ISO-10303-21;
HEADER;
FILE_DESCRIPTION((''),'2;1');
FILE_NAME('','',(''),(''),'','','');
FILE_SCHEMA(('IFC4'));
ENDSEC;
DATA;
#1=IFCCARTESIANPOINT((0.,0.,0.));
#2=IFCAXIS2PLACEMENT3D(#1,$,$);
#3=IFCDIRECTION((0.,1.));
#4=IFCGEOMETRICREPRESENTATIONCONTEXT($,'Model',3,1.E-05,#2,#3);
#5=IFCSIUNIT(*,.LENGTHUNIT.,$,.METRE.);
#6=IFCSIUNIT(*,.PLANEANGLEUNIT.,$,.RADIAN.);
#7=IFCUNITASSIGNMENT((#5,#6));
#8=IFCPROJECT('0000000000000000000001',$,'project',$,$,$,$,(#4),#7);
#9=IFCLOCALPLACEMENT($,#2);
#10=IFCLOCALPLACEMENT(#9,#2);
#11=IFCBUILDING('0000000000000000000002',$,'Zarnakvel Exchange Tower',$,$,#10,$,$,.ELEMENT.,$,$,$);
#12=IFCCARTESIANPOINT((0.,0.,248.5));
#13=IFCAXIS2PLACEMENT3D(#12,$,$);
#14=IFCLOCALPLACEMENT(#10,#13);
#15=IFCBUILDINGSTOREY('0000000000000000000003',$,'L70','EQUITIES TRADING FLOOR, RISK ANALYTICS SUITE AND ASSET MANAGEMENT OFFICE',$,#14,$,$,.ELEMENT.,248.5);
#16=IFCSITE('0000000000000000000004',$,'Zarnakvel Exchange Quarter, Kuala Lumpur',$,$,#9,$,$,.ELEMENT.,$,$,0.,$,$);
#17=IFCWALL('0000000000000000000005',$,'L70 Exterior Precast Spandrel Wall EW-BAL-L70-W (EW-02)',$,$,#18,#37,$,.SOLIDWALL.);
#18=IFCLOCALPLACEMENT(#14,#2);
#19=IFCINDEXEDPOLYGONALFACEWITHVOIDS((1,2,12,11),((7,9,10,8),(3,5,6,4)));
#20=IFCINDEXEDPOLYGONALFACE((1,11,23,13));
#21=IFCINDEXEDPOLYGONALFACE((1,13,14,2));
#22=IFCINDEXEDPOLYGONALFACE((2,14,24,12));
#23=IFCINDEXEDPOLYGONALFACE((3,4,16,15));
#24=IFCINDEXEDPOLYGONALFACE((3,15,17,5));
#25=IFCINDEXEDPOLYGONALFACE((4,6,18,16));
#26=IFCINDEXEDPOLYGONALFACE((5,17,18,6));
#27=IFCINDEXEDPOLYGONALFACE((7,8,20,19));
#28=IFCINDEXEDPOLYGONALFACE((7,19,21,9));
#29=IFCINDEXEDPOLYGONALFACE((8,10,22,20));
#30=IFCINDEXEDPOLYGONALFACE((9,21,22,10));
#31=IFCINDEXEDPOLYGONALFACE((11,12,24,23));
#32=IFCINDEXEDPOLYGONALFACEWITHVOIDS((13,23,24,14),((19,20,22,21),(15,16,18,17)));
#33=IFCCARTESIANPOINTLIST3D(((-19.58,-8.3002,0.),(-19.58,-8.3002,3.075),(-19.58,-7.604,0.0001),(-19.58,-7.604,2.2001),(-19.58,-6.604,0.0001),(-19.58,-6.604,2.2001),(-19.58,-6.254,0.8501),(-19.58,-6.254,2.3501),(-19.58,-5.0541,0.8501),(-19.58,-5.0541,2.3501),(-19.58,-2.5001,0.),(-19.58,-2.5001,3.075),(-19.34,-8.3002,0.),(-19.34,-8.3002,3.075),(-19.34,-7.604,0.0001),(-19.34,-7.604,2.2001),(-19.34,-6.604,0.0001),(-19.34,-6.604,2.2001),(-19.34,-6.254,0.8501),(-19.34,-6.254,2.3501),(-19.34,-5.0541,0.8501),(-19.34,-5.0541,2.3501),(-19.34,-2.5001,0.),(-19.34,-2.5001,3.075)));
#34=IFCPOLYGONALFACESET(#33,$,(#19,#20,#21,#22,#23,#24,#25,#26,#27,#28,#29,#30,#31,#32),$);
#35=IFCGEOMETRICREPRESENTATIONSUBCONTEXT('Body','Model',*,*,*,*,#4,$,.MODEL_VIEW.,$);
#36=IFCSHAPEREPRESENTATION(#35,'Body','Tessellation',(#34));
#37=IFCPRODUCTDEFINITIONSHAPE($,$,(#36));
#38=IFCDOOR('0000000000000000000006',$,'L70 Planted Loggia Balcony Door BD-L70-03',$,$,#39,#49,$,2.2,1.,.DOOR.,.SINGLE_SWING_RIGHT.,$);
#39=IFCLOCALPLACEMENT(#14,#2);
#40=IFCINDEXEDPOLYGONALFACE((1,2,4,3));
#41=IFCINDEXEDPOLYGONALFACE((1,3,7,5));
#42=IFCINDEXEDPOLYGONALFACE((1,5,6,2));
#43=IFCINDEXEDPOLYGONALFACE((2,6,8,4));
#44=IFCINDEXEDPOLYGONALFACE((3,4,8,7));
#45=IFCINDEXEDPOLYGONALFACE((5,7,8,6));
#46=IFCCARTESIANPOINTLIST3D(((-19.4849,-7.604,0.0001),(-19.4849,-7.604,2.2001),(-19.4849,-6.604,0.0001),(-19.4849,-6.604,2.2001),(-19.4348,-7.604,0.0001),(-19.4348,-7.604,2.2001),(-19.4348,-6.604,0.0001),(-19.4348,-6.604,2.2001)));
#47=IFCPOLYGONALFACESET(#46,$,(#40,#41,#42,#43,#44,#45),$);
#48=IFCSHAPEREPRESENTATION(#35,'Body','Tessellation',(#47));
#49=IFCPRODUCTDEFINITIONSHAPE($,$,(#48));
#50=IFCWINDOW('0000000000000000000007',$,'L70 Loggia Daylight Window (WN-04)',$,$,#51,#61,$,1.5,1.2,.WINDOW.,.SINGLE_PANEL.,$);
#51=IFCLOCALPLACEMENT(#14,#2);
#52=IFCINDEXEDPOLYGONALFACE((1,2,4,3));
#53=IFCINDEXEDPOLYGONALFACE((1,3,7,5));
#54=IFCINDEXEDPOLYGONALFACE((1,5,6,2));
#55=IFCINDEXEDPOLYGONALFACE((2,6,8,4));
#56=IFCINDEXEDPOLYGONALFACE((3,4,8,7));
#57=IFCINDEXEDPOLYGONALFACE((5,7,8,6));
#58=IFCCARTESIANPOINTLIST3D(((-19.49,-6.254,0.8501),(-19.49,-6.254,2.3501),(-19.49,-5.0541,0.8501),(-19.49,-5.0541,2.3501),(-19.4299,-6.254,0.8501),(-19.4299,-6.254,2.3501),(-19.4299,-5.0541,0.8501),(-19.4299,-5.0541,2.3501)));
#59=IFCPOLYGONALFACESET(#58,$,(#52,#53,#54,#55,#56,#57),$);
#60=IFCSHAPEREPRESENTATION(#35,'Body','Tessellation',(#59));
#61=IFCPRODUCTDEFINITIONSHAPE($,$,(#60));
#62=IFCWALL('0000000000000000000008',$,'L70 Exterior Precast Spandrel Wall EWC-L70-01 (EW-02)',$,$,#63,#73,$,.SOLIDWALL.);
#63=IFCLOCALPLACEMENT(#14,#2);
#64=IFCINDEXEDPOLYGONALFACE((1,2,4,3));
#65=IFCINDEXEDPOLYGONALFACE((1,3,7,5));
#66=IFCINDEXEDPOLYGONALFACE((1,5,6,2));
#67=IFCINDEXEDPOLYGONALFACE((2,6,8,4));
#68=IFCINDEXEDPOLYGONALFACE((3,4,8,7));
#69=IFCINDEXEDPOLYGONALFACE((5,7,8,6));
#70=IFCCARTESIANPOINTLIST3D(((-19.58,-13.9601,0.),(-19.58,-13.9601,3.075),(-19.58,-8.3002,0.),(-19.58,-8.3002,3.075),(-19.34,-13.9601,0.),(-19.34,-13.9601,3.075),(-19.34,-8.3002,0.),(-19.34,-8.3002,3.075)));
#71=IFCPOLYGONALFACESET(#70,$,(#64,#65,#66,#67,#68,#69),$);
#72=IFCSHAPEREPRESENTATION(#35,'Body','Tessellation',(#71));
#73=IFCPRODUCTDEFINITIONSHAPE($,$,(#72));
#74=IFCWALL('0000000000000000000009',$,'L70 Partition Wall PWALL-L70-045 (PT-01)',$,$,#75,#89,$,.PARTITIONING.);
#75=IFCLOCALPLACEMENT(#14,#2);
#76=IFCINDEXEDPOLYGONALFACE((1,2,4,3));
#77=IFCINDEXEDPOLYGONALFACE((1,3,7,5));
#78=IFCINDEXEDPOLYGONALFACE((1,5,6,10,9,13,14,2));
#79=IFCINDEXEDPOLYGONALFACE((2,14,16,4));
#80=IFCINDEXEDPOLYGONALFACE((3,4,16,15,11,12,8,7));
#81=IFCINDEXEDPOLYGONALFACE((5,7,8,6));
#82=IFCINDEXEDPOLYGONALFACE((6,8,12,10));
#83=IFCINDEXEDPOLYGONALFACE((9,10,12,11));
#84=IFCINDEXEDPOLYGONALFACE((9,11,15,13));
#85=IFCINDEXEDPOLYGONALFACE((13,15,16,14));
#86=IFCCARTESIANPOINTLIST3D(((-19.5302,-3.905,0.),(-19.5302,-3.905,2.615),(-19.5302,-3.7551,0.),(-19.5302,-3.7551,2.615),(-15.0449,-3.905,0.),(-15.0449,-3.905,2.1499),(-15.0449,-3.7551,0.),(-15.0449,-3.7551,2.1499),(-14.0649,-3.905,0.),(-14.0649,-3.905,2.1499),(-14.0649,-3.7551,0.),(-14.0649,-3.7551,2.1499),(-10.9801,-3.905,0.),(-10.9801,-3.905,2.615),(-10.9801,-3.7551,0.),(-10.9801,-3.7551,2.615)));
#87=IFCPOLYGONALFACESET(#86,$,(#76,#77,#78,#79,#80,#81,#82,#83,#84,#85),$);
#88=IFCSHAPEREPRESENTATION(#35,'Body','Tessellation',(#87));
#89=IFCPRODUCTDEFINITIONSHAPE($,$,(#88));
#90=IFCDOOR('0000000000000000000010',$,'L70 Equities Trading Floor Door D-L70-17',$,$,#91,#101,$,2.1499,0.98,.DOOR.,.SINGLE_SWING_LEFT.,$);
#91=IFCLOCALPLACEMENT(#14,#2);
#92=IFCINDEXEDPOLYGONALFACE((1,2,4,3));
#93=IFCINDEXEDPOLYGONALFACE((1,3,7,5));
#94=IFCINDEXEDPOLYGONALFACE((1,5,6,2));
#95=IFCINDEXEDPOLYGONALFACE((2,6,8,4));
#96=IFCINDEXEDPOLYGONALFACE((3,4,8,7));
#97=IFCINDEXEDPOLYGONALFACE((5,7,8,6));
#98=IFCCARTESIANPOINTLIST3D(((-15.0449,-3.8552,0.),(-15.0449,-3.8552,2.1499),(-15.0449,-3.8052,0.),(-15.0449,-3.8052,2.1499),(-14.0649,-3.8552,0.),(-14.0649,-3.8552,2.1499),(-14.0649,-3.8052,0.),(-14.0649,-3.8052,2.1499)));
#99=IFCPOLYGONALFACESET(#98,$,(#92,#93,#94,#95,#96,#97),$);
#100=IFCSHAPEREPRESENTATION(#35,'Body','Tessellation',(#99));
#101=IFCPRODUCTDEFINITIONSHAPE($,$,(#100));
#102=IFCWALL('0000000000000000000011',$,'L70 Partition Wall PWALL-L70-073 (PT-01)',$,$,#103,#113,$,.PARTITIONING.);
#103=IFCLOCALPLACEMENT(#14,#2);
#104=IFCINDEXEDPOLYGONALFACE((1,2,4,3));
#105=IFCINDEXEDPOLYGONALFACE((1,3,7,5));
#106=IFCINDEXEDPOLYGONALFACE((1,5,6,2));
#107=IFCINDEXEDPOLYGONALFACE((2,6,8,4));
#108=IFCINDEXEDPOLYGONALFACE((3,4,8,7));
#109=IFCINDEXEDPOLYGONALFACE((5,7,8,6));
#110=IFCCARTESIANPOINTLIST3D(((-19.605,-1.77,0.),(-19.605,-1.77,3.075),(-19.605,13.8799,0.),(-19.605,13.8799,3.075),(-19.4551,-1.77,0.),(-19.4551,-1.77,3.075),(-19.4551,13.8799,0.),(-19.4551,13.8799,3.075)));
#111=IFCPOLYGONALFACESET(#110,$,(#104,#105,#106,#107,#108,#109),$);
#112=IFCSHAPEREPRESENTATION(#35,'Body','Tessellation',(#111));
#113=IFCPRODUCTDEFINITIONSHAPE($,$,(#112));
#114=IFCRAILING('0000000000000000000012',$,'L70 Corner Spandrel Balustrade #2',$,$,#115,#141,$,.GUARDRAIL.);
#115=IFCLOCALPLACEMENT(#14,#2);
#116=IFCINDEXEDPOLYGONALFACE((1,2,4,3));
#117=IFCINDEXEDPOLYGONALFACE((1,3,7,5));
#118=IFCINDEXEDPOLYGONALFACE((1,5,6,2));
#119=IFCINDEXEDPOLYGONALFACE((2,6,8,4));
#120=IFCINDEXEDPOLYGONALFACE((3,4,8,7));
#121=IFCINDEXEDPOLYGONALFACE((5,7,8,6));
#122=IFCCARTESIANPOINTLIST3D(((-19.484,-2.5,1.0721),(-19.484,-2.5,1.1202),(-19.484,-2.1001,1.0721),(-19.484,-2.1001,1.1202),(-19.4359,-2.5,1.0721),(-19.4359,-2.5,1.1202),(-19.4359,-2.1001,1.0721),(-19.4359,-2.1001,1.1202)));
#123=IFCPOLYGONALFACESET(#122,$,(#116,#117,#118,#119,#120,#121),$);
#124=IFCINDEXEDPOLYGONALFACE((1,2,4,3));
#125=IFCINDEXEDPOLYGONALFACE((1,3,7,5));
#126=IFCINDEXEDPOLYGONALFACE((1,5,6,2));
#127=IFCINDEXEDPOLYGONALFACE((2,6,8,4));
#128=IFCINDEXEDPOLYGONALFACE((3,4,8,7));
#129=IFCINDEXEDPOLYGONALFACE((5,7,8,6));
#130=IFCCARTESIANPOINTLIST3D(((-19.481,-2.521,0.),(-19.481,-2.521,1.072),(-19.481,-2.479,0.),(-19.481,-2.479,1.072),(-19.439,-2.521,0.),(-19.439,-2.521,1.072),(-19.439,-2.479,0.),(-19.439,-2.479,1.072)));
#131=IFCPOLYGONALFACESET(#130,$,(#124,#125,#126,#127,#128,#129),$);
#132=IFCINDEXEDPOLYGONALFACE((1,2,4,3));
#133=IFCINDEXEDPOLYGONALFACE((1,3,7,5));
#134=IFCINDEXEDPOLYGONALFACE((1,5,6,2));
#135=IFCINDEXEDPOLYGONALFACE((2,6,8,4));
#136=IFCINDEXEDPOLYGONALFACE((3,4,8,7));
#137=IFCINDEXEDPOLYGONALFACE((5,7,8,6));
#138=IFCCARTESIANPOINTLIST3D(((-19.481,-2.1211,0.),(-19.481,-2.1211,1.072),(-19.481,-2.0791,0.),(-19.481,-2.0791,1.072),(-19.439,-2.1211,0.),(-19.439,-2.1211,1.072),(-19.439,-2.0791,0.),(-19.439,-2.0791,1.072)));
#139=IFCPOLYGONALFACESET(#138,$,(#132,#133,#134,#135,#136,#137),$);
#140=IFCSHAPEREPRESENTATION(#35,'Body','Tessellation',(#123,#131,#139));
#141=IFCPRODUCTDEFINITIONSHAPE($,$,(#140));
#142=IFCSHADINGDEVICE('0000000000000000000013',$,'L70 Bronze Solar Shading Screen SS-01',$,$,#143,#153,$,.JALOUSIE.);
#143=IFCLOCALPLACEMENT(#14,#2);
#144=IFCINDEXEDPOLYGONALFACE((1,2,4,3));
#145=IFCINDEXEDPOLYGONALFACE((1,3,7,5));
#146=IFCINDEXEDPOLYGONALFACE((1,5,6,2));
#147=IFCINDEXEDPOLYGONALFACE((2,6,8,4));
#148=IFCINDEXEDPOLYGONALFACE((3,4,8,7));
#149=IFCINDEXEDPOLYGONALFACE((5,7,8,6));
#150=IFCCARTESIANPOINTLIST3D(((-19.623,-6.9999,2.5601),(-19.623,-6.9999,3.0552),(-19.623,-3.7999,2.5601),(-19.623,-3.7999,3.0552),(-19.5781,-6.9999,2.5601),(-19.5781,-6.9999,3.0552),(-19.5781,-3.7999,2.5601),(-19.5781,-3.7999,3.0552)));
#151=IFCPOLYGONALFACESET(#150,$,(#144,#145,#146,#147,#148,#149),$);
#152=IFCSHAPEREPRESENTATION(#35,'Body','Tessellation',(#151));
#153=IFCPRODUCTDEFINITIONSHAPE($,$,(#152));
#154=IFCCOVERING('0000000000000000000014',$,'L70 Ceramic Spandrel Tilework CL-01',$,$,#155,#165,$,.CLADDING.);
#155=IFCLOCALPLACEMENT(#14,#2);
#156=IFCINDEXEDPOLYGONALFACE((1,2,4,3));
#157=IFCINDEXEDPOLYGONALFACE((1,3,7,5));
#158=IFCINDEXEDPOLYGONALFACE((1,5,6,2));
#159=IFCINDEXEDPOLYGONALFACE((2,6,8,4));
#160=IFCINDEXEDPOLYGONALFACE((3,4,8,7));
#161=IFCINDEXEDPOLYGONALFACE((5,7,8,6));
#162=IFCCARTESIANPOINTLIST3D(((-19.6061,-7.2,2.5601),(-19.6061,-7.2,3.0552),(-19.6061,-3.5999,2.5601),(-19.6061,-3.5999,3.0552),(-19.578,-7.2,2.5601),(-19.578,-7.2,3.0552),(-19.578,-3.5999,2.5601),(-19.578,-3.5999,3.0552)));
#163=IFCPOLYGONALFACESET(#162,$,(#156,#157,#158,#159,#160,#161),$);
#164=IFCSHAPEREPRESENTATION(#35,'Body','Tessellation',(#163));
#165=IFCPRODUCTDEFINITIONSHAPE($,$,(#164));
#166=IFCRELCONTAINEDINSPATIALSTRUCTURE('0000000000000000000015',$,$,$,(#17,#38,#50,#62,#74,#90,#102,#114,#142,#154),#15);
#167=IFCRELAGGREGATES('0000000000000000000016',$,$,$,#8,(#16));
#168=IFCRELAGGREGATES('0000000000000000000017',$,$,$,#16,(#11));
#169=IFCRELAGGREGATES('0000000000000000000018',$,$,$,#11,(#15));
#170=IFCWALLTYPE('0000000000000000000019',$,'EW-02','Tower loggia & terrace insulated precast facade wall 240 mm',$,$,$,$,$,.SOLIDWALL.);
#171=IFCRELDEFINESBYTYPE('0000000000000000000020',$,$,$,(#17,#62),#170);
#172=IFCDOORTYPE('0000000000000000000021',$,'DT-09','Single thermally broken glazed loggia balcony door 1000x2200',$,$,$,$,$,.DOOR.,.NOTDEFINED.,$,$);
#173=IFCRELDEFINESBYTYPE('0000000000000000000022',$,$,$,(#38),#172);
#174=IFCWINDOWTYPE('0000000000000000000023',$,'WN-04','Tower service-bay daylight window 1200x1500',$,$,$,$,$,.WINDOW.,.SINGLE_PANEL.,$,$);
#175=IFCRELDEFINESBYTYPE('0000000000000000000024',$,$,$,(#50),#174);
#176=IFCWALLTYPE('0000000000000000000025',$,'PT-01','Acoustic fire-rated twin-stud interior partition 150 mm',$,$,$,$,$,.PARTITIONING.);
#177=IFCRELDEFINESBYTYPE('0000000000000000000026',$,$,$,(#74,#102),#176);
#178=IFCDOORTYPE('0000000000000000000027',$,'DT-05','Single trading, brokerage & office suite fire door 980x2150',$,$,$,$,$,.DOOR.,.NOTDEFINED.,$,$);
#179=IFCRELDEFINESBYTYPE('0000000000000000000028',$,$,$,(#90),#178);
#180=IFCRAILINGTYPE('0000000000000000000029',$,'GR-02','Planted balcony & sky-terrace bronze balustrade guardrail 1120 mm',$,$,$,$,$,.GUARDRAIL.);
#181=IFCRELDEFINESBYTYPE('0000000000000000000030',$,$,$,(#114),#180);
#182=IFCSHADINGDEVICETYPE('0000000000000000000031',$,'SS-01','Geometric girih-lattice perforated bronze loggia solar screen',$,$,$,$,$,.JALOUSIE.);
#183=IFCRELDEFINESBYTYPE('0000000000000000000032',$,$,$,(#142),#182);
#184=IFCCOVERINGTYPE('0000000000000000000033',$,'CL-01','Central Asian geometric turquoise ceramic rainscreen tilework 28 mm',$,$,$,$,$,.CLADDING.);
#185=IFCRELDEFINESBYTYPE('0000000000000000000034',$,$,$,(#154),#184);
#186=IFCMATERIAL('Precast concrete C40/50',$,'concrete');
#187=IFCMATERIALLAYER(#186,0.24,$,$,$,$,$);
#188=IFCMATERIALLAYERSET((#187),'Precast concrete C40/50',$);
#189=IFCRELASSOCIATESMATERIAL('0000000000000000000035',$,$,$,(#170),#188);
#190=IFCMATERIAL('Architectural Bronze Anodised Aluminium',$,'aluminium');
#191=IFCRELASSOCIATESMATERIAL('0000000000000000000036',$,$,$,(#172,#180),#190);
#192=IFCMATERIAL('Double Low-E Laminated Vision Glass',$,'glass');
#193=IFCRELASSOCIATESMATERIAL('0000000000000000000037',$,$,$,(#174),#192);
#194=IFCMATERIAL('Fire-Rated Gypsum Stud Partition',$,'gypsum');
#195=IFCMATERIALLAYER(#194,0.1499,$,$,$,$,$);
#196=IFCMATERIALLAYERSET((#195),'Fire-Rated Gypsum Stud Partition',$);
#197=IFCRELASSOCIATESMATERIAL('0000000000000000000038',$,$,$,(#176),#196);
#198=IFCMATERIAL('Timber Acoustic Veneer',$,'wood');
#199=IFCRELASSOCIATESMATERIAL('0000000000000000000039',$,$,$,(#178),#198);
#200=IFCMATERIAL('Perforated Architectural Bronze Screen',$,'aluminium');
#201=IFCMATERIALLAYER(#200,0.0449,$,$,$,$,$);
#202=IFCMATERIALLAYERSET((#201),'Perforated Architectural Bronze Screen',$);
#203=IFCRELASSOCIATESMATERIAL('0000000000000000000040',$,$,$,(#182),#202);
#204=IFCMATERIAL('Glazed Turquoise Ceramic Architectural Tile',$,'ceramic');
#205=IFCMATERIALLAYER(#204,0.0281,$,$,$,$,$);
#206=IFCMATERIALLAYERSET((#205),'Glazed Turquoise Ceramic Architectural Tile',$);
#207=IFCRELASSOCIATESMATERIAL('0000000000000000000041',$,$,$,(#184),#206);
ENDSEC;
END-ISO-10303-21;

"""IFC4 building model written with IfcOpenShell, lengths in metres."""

from ifc_helpers import new_model, si_unit, direction, frame, frame_2d, origin, origin_2d, place, context, subcontext, project, spatial, rectangle, extrude, source, transform, mapped, material, layer, layer_set, type_object, element, fill, save


model = new_model("IFC4")

# Units and contexts
model_context = context("Model", 3, precision=1e-05, world=origin(), true_north=direction((0.0, 1.0)))
body_context = subcontext(model_context, "Body", "Model", "MODEL_VIEW")
ifc_project = project(units=[si_unit("LENGTHUNIT", "METRE"), si_unit("PLANEANGLEUNIT", "RADIAN")], contexts=[model_context])

# Site, building, storey
site_placement = place(None, origin())
site = spatial("IfcSite", under=ifc_project, at=site_placement, Name="Zarnakvel Exchange Quarter, Kuala Lumpur", CompositionType="ELEMENT", RefElevation=0.0)
building_placement = place(site_placement, origin())
building = spatial("IfcBuilding", under=site, at=building_placement, Name="Zarnakvel Exchange Tower", CompositionType="ELEMENT")
storey_placement = place(building_placement, frame((0.0, 0.0, 248.5)))
storey = spatial("IfcBuildingStorey", under=building, at=storey_placement, Name="L70", Description="EQUITIES TRADING FLOOR, RISK ANALYTICS SUITE AND ASSET MANAGEMENT OFFICE", CompositionType="ELEMENT", Elevation=248.5)

# Shared definitions
ifc_material_1 = material(Name="Architectural Bronze Anodised Aluminium", Category="aluminium")

# Wall, openings, door, window
ifc_material_2 = material(Name="Precast concrete C40/50", Category="concrete")
ifc_layer_1 = layer(ifc_material_2, 0.24)
ifc_layer_set_1 = layer_set([ifc_layer_1], Name="Precast concrete C40/50")
wall_type_1 = type_object("IfcWallType", Name="EW-02", Description="Tower loggia & terrace insulated precast facade wall 240 mm", PredefinedType="SOLIDWALL", material=ifc_layer_set_1)
wall_1_placement = place(storey_placement, frame((-19.46, -8.3, 0.0), z_axis=(0.0, 0.0, 1.0), x_axis=(0.0, 1.0, 0.0)))
wall_1 = element("IfcWall", 1, at=wall_1_placement, inside=storey, type_object=wall_type_1, Name="L70 Exterior Precast Spandrel Wall EW-BAL-L70-W (EW-02)", PredefinedType="SOLIDWALL", context=body_context, shape_type="SweptSolid", body=[
    extrude(rectangle(XDim=5.8, YDim=0.24, at=frame_2d((2.8999, 0.0))), origin(), (0.0, 0.0, 1.0), 3.075),
])
opening_1_placement = place(wall_1_placement, frame((0.696, 0.0, 0.0)))
opening_1 = element("IfcOpeningElement", 2, at=opening_1_placement, cuts=wall_1, PredefinedType="OPENING", context=body_context, shape_type="SweptSolid", body=[
    extrude(rectangle(XDim=1.0, YDim=2.2, at=frame_2d((0.5, 1.1001))), frame((0.0, 0.1299, 0.0), z_axis=(0.0, -1.0, 0.0), x_axis=(1.0, 0.0, 0.0)), (0.0, 0.0, 1.0), 0.26),
])
opening_2_placement = place(wall_1_placement, frame((2.0459, 0.0, 0.8501)))
opening_2 = element("IfcOpeningElement", 3, at=opening_2_placement, cuts=wall_1, PredefinedType="OPENING", context=body_context, shape_type="SweptSolid", body=[
    extrude(rectangle(XDim=1.2, YDim=1.5, at=frame_2d((0.6001, 0.75))), frame((0.0, 0.1299, 0.0), z_axis=(0.0, -1.0, 0.0), x_axis=(1.0, 0.0, 0.0)), (0.0, 0.0, 1.0), 0.26),
])
door_type_1 = type_object("IfcDoorType", Name="DT-09", Description="Single thermally broken glazed loggia balcony door 1000x2200", OperationType="NOTDEFINED", PredefinedType="DOOR", material=ifc_material_1)
shared_shape_1 = source(origin(), body_context, "Body", "SweptSolid", [
    extrude(rectangle(XDim=1.0, YDim=2.2, at=frame_2d((0.5, 1.1001))), frame((0.0, 0.0249, 0.0), z_axis=(0.0, -1.0, 0.0), x_axis=(1.0, 0.0, 0.0)), (0.0, 0.0, 1.0), 0.05),
])
door_1_placement = place(opening_1_placement, origin())
door_1 = element("IfcDoor", 4, at=door_1_placement, inside=storey, type_object=door_type_1, Name="L70 Planted Loggia Balcony Door BD-L70-03", OperationType="SINGLE_SWING_RIGHT", OverallHeight=2.2, OverallWidth=1.0, PredefinedType="DOOR", context=body_context, shape_type="MappedRepresentation", body=[
    mapped(shared_shape_1, transform((0.0, 0.0, 0.0), x_axis=(1.0, 0.0, 0.0), y_axis=(0.0, 1.0, 0.0), z_axis=(0.0, 0.0, 1.0), scale=1.0)),
])
fill(opening_1, door_1)
ifc_material_3 = material(Name="Double Low-E Laminated Vision Glass", Category="glass")
window_type = type_object("IfcWindowType", Name="WN-04", Description="Tower service-bay daylight window 1200x1500", PartitioningType="SINGLE_PANEL", PredefinedType="WINDOW", material=ifc_material_3)
shared_shape_2 = source(origin(), body_context, "Body", "SweptSolid", [
    extrude(rectangle(XDim=1.2, YDim=1.5, at=frame_2d((0.6001, 0.75))), frame((0.0, 0.03, 0.0), z_axis=(0.0, -1.0, 0.0), x_axis=(1.0, 0.0, 0.0)), (0.0, 0.0, 1.0), 0.0601),
])
window_placement = place(opening_2_placement, origin())
window = element("IfcWindow", 5, at=window_placement, inside=storey, type_object=window_type, Name="L70 Loggia Daylight Window (WN-04)", OverallHeight=1.5, OverallWidth=1.2, PartitioningType="SINGLE_PANEL", PredefinedType="WINDOW", context=body_context, shape_type="MappedRepresentation", body=[
    mapped(shared_shape_2, transform((0.0, 0.0, 0.0), x_axis=(1.0, 0.0, 0.0), y_axis=(0.0, 1.0, 0.0), z_axis=(0.0, 0.0, 1.0), scale=1.0)),
])
fill(opening_2, window)

# Wall
wall_2_placement = place(storey_placement, frame((-19.46, -8.3, 0.0), z_axis=(0.0, 0.0, 1.0), x_axis=(0.0, -1.0, 0.0)))
element("IfcWall", 6, at=wall_2_placement, inside=storey, type_object=wall_type_1, Name="L70 Exterior Precast Spandrel Wall EWC-L70-01 (EW-02)", PredefinedType="SOLIDWALL", context=body_context, shape_type="SweptSolid", body=[
    extrude(rectangle(XDim=5.6599, YDim=0.24, at=frame_2d((2.8301, 0.0))), origin(), (0.0, 0.0, 1.0), 3.075),
])

# Wall, opening, door
ifc_material_4 = material(Name="Fire-Rated Gypsum Stud Partition", Category="gypsum")
ifc_layer_2 = layer(ifc_material_4, 0.1499)
ifc_layer_set_2 = layer_set([ifc_layer_2], Name="Fire-Rated Gypsum Stud Partition")
wall_type_2 = type_object("IfcWallType", Name="PT-01", Description="Acoustic fire-rated twin-stud interior partition 150 mm", PredefinedType="PARTITIONING", material=ifc_layer_set_2)
wall_3_placement = place(storey_placement, frame((-19.53, -3.8301, 0.0), z_axis=(0.0, 0.0, 1.0), x_axis=(1.0, 0.0, 0.0)))
wall_3 = element("IfcWall", 7, at=wall_3_placement, inside=storey, type_object=wall_type_2, Name="L70 Partition Wall PWALL-L70-045 (PT-01)", PredefinedType="PARTITIONING", context=body_context, shape_type="SweptSolid", body=[
    extrude(rectangle(XDim=8.55, YDim=0.1499, at=frame_2d((4.2749, 0.0))), origin(), (0.0, 0.0, 1.0), 2.615),
])
opening_3_placement = place(wall_3_placement, frame((4.4851, 0.0, 0.0)))
opening_3 = element("IfcOpeningElement", 8, at=opening_3_placement, cuts=wall_3, PredefinedType="OPENING", context=body_context, shape_type="SweptSolid", body=[
    extrude(rectangle(XDim=0.98, YDim=2.1499, at=frame_2d((0.49, 1.075))), frame((0.0, 0.085, 0.0), z_axis=(0.0, -1.0, 0.0), x_axis=(1.0, 0.0, 0.0)), (0.0, 0.0, 1.0), 0.1699),
])
ifc_material_5 = material(Name="Timber Acoustic Veneer", Category="wood")
door_type_2 = type_object("IfcDoorType", Name="DT-05", Description="Single trading, brokerage & office suite fire door 980x2150", OperationType="NOTDEFINED", PredefinedType="DOOR", material=ifc_material_5)
shared_shape_3 = source(origin(), body_context, "Body", "SweptSolid", [
    extrude(rectangle(XDim=0.98, YDim=2.1499, at=frame_2d((0.49, 1.075))), frame((0.0, 0.0249, 0.0), z_axis=(0.0, -1.0, 0.0), x_axis=(1.0, 0.0, 0.0)), (0.0, 0.0, 1.0), 0.05),
])
door_2_placement = place(opening_3_placement, origin())
door_2 = element("IfcDoor", 9, at=door_2_placement, inside=storey, type_object=door_type_2, Name="L70 Equities Trading Floor Door D-L70-17", OperationType="SINGLE_SWING_LEFT", OverallHeight=2.1499, OverallWidth=0.98, PredefinedType="DOOR", context=body_context, shape_type="MappedRepresentation", body=[
    mapped(shared_shape_3, transform((0.0, 0.0, 0.0), x_axis=(1.0, 0.0, 0.0), y_axis=(0.0, 1.0, 0.0), z_axis=(0.0, 0.0, 1.0), scale=1.0)),
])
fill(opening_3, door_2)

# Wall
wall_4_placement = place(storey_placement, frame((-19.53, -1.77, 0.0), z_axis=(0.0, 0.0, 1.0), x_axis=(0.0, 1.0, 0.0)))
element("IfcWall", 10, at=wall_4_placement, inside=storey, type_object=wall_type_2, Name="L70 Partition Wall PWALL-L70-073 (PT-01)", PredefinedType="PARTITIONING", context=body_context, shape_type="SweptSolid", body=[
    extrude(rectangle(XDim=15.6499, YDim=0.1499, at=frame_2d((7.825, 0.0))), origin(), (0.0, 0.0, 1.0), 3.075),
])

# Railing
railing_type = type_object("IfcRailingType", Name="GR-02", Description="Planted balcony & sky-terrace bronze balustrade guardrail 1120 mm", PredefinedType="GUARDRAIL", material=ifc_material_1)
railing_placement = place(storey_placement, frame((-19.46, -2.5, 0.0)))
element("IfcRailing", 11, at=railing_placement, inside=storey, type_object=railing_type, Name="L70 Corner Spandrel Balustrade #2", PredefinedType="GUARDRAIL", context=body_context, shape_type="SweptSolid", body=[
    extrude(rectangle(XDim=0.0481, YDim=0.0481, at=origin_2d()), frame((0.0, 0.0, 1.0962), z_axis=(0.0, 1.0, 0.0), x_axis=(-1.0, 0.0, 0.0)), (0.0, 0.0, 1.0), 0.3999),
    extrude(rectangle(XDim=0.042, YDim=0.042, at=origin_2d()), origin(), (0.0, 0.0, 1.0), 1.072),
    extrude(rectangle(XDim=0.042, YDim=0.042, at=origin_2d()), frame((0.0, 0.3999, 0.0)), (0.0, 0.0, 1.0), 1.072),
])

# Shading device
ifc_material_6 = material(Name="Perforated Architectural Bronze Screen", Category="aluminium")
ifc_layer_3 = layer(ifc_material_6, 0.0449)
ifc_layer_set_3 = layer_set([ifc_layer_3], Name="Perforated Architectural Bronze Screen")
shading_device_type = type_object("IfcShadingDeviceType", Name="SS-01", Description="Geometric girih-lattice perforated bronze loggia solar screen", PredefinedType="JALOUSIE", material=ifc_layer_set_3)
shared_shape_4 = source(origin(), body_context, "Body", "SweptSolid", [
    extrude(rectangle(XDim=3.2, YDim=0.0449, at=origin_2d()), origin(), (0.0, 0.0, 1.0), 0.4951),
])
shading_device_placement = place(storey_placement, frame((-19.6006, -5.3999, 2.5601), z_axis=(0.0, 0.0, 1.0), x_axis=(0.0, 1.0, 0.0)))
element("IfcShadingDevice", 12, at=shading_device_placement, inside=storey, type_object=shading_device_type, Name="L70 Bronze Solar Shading Screen SS-01", PredefinedType="JALOUSIE", context=body_context, shape_type="MappedRepresentation", body=[
    mapped(shared_shape_4, transform((0.0, 0.0, 0.0), x_axis=(1.0, 0.0, 0.0), y_axis=(0.0, 1.0, 0.0), z_axis=(0.0, 0.0, 1.0), scale=1.0)),
])

# Covering
ifc_material_7 = material(Name="Glazed Turquoise Ceramic Architectural Tile", Category="ceramic")
ifc_layer_4 = layer(ifc_material_7, 0.0281)
ifc_layer_set_4 = layer_set([ifc_layer_4], Name="Glazed Turquoise Ceramic Architectural Tile")
covering_type = type_object("IfcCoveringType", Name="CL-01", Description="Central Asian geometric turquoise ceramic rainscreen tilework 28 mm", PredefinedType="CLADDING", material=ifc_layer_set_4)
shared_shape_5 = source(origin(), body_context, "Body", "SweptSolid", [
    extrude(rectangle(XDim=3.6001, YDim=0.0281, at=origin_2d()), origin(), (0.0, 0.0, 1.0), 0.4951),
])
covering_placement = place(storey_placement, frame((-19.592, -5.3999, 2.5601), z_axis=(0.0, 0.0, 1.0), x_axis=(0.0, 1.0, 0.0)))
element("IfcCovering", 13, at=covering_placement, inside=storey, type_object=covering_type, Name="L70 Ceramic Spandrel Tilework CL-01", PredefinedType="CLADDING", context=body_context, shape_type="MappedRepresentation", body=[
    mapped(shared_shape_5, transform((0.0, 0.0, 0.0), x_axis=(1.0, 0.0, 0.0), y_axis=(0.0, 1.0, 0.0), z_axis=(0.0, 0.0, 1.0), scale=1.0)),
])

save(model, "model.ifc")
